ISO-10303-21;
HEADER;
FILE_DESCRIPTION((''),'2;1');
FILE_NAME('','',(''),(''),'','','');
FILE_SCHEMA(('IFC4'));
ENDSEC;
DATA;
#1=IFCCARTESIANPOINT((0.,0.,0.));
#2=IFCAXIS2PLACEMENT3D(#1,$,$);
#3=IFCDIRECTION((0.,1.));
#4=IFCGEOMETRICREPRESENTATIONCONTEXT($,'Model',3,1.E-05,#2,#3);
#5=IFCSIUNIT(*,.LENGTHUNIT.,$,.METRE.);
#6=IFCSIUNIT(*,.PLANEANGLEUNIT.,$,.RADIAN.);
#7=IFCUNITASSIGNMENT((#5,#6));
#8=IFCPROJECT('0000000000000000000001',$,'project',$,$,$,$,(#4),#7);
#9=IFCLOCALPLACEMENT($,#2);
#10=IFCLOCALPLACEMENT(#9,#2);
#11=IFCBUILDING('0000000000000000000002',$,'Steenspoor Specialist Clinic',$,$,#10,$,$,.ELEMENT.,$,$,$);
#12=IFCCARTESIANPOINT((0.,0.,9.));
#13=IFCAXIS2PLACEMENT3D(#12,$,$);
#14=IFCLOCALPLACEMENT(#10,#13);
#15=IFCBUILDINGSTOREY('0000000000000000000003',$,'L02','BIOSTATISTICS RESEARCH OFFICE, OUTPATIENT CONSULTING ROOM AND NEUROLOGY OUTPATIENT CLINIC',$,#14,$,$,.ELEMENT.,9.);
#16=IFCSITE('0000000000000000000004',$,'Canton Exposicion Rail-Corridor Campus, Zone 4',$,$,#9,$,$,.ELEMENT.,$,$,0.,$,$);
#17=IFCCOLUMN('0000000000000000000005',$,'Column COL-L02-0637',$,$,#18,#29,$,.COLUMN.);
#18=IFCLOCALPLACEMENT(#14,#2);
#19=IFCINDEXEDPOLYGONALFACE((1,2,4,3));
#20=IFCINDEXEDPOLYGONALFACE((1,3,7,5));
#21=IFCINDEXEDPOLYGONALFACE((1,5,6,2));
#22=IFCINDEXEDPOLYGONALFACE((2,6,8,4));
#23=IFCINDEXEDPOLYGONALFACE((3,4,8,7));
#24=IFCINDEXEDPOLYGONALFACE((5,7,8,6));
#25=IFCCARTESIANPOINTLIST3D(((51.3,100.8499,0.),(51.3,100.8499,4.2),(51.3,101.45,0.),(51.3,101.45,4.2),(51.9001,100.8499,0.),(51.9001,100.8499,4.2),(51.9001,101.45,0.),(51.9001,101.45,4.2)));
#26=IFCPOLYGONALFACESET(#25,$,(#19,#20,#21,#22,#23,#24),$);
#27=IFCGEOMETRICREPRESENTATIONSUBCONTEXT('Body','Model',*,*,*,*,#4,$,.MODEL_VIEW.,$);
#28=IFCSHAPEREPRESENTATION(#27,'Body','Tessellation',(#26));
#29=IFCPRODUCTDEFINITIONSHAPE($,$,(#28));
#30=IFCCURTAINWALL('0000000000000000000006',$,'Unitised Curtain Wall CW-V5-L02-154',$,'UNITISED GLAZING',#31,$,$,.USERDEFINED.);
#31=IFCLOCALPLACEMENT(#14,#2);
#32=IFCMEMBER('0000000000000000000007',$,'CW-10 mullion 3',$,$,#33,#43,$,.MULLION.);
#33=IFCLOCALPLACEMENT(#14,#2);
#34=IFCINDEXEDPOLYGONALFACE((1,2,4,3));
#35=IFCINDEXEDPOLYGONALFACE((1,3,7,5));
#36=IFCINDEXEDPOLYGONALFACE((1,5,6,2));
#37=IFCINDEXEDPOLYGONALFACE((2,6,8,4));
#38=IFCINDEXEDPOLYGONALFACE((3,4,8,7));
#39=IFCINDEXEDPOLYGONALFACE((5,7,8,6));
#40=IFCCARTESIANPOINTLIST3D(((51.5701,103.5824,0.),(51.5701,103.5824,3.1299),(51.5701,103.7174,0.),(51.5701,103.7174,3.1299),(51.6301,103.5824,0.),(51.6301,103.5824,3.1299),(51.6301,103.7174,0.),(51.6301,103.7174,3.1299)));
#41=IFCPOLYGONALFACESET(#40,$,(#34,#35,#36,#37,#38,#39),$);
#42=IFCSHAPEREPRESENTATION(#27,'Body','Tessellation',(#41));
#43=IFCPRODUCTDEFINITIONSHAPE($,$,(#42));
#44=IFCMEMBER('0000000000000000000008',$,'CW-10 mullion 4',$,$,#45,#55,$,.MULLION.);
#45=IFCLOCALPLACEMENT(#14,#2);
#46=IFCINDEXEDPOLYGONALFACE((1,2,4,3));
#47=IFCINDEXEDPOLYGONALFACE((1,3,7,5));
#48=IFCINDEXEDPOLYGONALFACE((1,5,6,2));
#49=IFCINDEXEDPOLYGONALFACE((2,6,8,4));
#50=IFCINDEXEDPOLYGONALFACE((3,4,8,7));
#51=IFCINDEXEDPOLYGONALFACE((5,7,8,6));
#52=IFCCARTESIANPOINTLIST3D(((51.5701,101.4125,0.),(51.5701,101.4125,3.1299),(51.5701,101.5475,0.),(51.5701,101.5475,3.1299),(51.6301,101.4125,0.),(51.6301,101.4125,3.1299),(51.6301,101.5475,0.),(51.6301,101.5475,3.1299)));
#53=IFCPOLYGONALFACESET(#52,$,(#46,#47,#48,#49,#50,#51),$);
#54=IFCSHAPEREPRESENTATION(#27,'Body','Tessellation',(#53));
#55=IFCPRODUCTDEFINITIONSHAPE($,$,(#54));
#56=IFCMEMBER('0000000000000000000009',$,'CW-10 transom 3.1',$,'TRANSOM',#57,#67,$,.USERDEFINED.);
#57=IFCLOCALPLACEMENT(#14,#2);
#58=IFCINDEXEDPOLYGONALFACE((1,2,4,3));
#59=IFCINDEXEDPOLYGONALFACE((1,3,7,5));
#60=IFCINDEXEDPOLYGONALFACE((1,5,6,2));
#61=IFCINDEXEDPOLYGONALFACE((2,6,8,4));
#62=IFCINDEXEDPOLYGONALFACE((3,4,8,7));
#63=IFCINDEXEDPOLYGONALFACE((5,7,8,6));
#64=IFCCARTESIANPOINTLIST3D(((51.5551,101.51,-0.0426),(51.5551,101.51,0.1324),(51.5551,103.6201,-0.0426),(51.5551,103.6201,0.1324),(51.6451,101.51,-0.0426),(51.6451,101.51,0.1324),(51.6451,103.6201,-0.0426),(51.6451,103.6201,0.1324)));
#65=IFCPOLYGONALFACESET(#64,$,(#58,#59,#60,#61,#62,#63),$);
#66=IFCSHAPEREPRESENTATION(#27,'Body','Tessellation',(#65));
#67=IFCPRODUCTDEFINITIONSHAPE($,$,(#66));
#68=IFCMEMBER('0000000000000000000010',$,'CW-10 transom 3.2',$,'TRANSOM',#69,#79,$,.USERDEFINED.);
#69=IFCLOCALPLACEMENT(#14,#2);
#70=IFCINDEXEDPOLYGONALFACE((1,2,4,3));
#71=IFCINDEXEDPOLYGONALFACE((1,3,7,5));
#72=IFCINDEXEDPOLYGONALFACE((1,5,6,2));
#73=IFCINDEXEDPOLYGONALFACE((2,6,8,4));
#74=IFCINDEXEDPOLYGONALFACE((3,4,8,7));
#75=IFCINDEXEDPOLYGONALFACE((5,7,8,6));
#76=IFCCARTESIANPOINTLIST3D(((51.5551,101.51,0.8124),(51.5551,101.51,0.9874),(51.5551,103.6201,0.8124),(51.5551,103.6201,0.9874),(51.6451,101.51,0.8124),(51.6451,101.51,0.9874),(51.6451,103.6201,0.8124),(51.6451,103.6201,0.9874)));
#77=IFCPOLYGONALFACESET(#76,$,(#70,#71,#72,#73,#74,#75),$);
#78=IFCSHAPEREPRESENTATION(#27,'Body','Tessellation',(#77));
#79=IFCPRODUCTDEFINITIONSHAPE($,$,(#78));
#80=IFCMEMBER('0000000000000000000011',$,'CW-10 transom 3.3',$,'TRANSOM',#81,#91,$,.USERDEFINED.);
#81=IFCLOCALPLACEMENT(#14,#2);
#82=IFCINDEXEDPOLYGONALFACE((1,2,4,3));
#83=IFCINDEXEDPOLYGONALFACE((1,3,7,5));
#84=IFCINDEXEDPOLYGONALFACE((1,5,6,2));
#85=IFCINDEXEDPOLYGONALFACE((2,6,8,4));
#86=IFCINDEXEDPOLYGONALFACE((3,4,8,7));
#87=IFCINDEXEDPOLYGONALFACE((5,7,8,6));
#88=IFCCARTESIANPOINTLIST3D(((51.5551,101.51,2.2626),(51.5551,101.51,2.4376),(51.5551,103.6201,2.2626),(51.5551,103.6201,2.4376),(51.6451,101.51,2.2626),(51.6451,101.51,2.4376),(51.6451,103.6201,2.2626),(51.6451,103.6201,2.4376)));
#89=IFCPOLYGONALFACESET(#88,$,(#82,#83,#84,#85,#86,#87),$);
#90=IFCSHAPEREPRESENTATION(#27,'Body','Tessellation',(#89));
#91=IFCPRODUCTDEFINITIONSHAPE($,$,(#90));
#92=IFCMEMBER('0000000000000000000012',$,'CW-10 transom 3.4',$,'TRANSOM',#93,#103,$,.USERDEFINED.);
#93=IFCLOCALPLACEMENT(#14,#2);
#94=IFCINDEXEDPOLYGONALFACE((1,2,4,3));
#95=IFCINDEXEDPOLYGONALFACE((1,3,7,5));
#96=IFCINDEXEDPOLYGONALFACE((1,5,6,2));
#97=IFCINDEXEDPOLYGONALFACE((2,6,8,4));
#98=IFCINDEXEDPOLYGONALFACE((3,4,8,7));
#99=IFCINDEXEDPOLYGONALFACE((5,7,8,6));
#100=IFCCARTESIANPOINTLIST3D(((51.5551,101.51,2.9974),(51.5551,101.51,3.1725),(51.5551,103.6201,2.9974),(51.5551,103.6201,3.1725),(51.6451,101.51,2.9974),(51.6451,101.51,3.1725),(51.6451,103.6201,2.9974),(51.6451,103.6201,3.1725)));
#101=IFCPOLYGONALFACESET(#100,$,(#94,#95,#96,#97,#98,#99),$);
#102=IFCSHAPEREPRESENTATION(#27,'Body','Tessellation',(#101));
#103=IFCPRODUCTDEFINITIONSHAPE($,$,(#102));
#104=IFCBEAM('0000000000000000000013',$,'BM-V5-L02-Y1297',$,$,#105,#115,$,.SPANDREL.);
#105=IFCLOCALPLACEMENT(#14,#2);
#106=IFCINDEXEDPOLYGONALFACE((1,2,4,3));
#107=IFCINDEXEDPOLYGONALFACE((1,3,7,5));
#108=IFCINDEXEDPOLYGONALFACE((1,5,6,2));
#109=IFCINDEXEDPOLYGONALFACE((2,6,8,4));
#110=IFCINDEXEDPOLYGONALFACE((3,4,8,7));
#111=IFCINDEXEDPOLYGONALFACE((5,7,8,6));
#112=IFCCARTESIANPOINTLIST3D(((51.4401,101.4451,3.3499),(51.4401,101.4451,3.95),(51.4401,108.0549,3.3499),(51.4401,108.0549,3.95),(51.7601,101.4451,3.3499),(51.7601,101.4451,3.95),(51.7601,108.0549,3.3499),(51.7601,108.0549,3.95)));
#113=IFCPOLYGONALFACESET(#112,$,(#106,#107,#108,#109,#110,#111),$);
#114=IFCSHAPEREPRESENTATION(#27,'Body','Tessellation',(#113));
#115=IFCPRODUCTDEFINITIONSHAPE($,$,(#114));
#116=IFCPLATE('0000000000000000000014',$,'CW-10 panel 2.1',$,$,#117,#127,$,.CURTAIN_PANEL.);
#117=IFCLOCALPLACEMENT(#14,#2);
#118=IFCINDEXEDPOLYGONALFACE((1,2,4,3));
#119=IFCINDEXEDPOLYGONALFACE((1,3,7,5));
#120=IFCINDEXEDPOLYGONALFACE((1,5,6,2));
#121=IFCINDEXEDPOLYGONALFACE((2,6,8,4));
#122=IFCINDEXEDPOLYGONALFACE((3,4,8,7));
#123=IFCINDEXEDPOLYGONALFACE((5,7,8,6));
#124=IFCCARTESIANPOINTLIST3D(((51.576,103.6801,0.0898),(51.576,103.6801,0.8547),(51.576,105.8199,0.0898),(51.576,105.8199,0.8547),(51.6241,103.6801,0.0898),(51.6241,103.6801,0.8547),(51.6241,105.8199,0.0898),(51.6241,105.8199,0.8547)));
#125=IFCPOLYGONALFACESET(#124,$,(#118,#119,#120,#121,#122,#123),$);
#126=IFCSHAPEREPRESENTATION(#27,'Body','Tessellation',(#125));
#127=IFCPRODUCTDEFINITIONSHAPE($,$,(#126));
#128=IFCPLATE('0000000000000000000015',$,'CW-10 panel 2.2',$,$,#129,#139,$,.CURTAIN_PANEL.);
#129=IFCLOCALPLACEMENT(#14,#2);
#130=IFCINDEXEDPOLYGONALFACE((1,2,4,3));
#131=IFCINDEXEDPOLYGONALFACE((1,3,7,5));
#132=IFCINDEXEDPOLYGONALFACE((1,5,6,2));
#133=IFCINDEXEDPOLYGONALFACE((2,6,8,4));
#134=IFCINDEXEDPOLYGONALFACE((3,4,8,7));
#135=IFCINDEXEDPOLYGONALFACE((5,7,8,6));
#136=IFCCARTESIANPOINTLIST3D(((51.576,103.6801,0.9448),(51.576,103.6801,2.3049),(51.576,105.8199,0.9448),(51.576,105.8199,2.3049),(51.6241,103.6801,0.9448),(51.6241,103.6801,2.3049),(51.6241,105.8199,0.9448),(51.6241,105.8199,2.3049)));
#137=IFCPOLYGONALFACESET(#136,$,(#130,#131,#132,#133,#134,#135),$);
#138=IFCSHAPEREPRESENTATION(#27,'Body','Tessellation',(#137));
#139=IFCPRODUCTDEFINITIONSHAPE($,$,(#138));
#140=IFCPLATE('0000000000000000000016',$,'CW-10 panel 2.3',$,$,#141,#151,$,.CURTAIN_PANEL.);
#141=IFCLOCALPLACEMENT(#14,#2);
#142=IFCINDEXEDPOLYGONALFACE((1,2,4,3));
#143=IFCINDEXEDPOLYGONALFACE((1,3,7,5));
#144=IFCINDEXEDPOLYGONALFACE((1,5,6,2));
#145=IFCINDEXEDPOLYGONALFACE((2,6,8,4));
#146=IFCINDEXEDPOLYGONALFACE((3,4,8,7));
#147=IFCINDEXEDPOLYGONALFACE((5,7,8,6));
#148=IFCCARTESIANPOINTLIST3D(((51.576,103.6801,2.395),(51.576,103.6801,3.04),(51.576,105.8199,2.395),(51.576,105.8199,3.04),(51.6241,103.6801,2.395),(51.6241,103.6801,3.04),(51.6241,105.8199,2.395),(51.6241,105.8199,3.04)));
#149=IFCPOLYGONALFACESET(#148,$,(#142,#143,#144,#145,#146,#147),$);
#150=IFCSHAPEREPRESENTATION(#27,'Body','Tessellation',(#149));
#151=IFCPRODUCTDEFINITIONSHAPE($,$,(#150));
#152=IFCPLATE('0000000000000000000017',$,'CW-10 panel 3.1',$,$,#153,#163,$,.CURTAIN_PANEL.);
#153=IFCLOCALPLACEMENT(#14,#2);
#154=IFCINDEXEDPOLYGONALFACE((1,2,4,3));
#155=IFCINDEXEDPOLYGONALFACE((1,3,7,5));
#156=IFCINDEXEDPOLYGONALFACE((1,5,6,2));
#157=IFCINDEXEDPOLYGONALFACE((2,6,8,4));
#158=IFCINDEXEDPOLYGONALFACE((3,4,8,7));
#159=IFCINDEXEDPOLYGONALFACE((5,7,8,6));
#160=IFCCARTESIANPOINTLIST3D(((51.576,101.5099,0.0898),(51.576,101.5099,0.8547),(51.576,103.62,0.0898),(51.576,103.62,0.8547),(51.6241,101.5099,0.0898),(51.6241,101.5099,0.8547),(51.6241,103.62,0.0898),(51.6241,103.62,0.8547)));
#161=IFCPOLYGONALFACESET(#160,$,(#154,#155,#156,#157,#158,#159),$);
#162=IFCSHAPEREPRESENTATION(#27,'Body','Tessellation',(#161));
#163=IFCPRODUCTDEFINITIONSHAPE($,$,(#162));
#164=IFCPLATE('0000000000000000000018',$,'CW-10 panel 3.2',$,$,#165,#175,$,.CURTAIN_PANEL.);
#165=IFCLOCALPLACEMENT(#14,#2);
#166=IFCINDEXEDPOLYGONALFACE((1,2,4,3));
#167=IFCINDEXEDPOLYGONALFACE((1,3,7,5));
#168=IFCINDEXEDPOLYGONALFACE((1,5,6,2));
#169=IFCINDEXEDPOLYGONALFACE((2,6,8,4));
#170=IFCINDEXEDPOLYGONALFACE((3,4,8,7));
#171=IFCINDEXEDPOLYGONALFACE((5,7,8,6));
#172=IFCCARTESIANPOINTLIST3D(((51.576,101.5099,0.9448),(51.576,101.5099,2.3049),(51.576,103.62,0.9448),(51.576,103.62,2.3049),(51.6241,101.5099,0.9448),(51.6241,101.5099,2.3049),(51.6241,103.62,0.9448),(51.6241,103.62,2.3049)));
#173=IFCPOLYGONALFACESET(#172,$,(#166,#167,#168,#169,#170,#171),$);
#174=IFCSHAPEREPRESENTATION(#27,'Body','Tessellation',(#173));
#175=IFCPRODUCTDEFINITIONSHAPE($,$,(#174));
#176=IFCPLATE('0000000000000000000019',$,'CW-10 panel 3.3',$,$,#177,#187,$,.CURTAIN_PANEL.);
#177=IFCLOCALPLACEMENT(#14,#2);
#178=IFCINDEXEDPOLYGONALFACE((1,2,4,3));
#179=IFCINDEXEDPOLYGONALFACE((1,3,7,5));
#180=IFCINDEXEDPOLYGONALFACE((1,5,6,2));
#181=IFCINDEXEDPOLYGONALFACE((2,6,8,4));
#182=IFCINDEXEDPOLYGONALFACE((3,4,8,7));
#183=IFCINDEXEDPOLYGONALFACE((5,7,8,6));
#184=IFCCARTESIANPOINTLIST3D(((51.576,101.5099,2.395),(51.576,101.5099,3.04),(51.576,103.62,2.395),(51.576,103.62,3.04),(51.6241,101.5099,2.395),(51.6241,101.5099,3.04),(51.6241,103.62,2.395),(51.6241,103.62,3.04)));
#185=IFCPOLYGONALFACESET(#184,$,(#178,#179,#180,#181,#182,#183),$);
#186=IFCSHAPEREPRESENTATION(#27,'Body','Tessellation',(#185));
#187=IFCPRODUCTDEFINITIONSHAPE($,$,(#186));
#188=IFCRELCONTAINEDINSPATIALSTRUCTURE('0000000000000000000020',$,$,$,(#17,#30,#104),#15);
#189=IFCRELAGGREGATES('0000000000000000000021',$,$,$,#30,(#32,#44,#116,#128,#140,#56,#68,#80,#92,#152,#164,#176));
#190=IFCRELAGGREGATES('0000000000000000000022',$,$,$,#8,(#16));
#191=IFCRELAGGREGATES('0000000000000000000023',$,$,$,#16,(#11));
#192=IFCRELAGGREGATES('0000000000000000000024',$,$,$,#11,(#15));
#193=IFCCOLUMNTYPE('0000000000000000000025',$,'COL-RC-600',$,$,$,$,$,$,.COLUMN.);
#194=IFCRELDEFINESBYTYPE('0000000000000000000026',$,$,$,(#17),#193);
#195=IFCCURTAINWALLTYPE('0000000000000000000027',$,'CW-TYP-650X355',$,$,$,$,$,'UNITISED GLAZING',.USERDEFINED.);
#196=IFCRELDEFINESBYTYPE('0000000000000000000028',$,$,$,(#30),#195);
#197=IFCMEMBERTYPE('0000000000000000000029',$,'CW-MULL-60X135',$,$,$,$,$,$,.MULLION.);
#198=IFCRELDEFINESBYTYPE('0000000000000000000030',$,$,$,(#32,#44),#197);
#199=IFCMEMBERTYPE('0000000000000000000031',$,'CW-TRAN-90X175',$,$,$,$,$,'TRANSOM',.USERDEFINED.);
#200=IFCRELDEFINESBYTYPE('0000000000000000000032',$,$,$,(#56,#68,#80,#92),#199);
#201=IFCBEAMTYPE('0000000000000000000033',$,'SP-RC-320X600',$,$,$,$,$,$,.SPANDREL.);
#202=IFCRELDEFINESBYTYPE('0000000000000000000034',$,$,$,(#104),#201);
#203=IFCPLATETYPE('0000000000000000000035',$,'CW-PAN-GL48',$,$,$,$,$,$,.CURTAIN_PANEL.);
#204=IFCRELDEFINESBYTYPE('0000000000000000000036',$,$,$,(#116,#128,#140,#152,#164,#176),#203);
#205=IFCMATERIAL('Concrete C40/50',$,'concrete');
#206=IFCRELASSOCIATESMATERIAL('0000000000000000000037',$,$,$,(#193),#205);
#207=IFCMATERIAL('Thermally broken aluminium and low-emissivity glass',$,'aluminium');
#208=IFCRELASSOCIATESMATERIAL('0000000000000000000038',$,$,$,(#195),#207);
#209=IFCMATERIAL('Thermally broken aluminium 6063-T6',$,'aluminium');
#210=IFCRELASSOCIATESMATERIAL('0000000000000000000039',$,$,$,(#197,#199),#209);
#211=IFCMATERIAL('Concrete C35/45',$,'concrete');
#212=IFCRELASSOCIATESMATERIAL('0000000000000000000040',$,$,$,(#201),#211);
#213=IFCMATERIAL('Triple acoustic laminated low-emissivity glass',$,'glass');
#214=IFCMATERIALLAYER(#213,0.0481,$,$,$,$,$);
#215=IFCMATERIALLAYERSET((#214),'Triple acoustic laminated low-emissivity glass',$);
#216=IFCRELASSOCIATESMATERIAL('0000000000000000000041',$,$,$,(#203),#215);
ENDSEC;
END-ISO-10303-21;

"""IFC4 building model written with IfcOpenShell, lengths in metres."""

from ifc_helpers import new_model, si_unit, direction, frame, origin, origin_2d, place, context, subcontext, project, spatial, rectangle, extrude, material, layer, layer_set, material_profile, profile_set, type_object, element, aggregate, save


model = new_model("IFC4")

# Units and contexts
model_context = context("Model", 3, precision=1e-05, world=origin(), true_north=direction((0.0, 1.0)))
body_context = subcontext(model_context, "Body", "Model", "MODEL_VIEW")
ifc_project = project(units=[si_unit("LENGTHUNIT", "METRE"), si_unit("PLANEANGLEUNIT", "RADIAN")], contexts=[model_context])

# Site, building, storey
site_placement = place(None, origin())
site = spatial("IfcSite", under=ifc_project, at=site_placement, Name="Canton Exposicion Rail-Corridor Campus, Zone 4", CompositionType="ELEMENT", RefElevation=0.0)
building_placement = place(site_placement, origin())
building = spatial("IfcBuilding", under=site, at=building_placement, Name="Steenspoor Specialist Clinic", CompositionType="ELEMENT")
storey_placement = place(building_placement, frame((0.0, 0.0, 9.0)))
storey = spatial("IfcBuildingStorey", under=building, at=storey_placement, Name="L02", Description="BIOSTATISTICS RESEARCH OFFICE, OUTPATIENT CONSULTING ROOM AND NEUROLOGY OUTPATIENT CLINIC", CompositionType="ELEMENT", Elevation=9.0)

# Column
ifc_material_1 = material(Name="Concrete C40/50", Category="concrete")
ifc_material_profile_1 = material_profile(ifc_material_1, rectangle(XDim=0.6001, YDim=0.6001, at=origin_2d()), Name="RC-COL-600X600")
ifc_profile_set_1 = profile_set([ifc_material_profile_1], Name="Concrete C40/50")
column_type = type_object("IfcColumnType", Name="COL-RC-600", PredefinedType="COLUMN", material=ifc_profile_set_1)
column_placement = place(storey_placement, frame((51.6001, 101.1499, 0.0), z_axis=(0.0, 0.0, 1.0), x_axis=(1.0, 0.0, 0.0)))
element("IfcColumn", 1, at=column_placement, inside=storey, type_object=column_type, Name="Column COL-L02-0637", PredefinedType="COLUMN", context=body_context, shape_type="SweptSolid", body=[
    extrude(rectangle(XDim=0.6001, YDim=0.6001, at=origin_2d()), origin(), (0.0, 0.0, 1.0), 4.2),
])

# Curtain wall, members
ifc_material_2 = material(Name="Thermally broken aluminium and low-emissivity glass", Category="aluminium")
curtain_wall_type = type_object("IfcCurtainWallType", Name="CW-TYP-650X355", ElementType="UNITISED GLAZING", PredefinedType="USERDEFINED", material=ifc_material_2)
curtain_wall_placement = place(storey_placement, origin())
curtain_wall = element("IfcCurtainWall", 2, at=curtain_wall_placement, inside=storey, type_object=curtain_wall_type, Name="Unitised Curtain Wall CW-V5-L02-154", ObjectType="UNITISED GLAZING", PredefinedType="USERDEFINED")
ifc_material_3 = material(Name="Thermally broken aluminium 6063-T6", Category="aluminium")
ifc_material_profile_2 = material_profile(ifc_material_3, rectangle(XDim=0.0601, YDim=0.135, at=origin_2d()), Name="CWM-60X135")
ifc_profile_set_2 = profile_set([ifc_material_profile_2], Name="Thermally broken aluminium 6063-T6")
member_type_1 = type_object("IfcMemberType", Name="CW-MULL-60X135", PredefinedType="MULLION", material=ifc_profile_set_2)
member_1_placement = place(storey_placement, frame((51.6001, 103.6499, 0.0), z_axis=(0.0, 0.0, 1.0), x_axis=(1.0, 0.0, 0.0)))
member_1 = element("IfcMember", 3, at=member_1_placement, type_object=member_type_1, Name="CW-10 mullion 3", PredefinedType="MULLION", context=body_context, shape_type="SweptSolid", body=[
    extrude(rectangle(XDim=0.0601, YDim=0.135, at=origin_2d()), origin(), (0.0, 0.0, 1.0), 3.1299),
])
member_2_placement = place(storey_placement, frame((51.6001, 101.48, 0.0), z_axis=(0.0, 0.0, 1.0), x_axis=(1.0, 0.0, 0.0)))
member_2 = element("IfcMember", 4, at=member_2_placement, type_object=member_type_1, Name="CW-10 mullion 4", PredefinedType="MULLION", context=body_context, shape_type="SweptSolid", body=[
    extrude(rectangle(XDim=0.0601, YDim=0.135, at=origin_2d()), origin(), (0.0, 0.0, 1.0), 3.1299),
])
ifc_material_profile_3 = material_profile(ifc_material_3, rectangle(XDim=0.0901, YDim=0.175, at=origin_2d()), Name="CWT-90X175")
ifc_profile_set_3 = profile_set([ifc_material_profile_3], Name="Thermally broken aluminium 6063-T6")
member_type_2 = type_object("IfcMemberType", Name="CW-TRAN-90X175", ElementType="TRANSOM", PredefinedType="USERDEFINED", material=ifc_profile_set_3)
member_3_placement = place(storey_placement, frame((51.6001, 103.6201, 0.0449), z_axis=(0.0, -1.0, 0.0), x_axis=(1.0, 0.0, 0.0)))
member_3 = element("IfcMember", 5, at=member_3_placement, type_object=member_type_2, Name="CW-10 transom 3.1", ObjectType="TRANSOM", PredefinedType="USERDEFINED", context=body_context, shape_type="SweptSolid", body=[
    extrude(rectangle(XDim=0.0901, YDim=0.175, at=origin_2d()), origin(), (0.0, 0.0, 1.0), 2.1101),
])
member_4_placement = place(storey_placement, frame((51.6001, 103.6201, 0.8999), z_axis=(0.0, -1.0, 0.0), x_axis=(1.0, 0.0, 0.0)))
member_4 = element("IfcMember", 6, at=member_4_placement, type_object=member_type_2, Name="CW-10 transom 3.2", ObjectType="TRANSOM", PredefinedType="USERDEFINED", context=body_context, shape_type="SweptSolid", body=[
    extrude(rectangle(XDim=0.0901, YDim=0.175, at=origin_2d()), origin(), (0.0, 0.0, 1.0), 2.1101),
])
member_5_placement = place(storey_placement, frame((51.6001, 103.6201, 2.3501), z_axis=(0.0, -1.0, 0.0), x_axis=(1.0, 0.0, 0.0)))
member_5 = element("IfcMember", 7, at=member_5_placement, type_object=member_type_2, Name="CW-10 transom 3.3", ObjectType="TRANSOM", PredefinedType="USERDEFINED", context=body_context, shape_type="SweptSolid", body=[
    extrude(rectangle(XDim=0.0901, YDim=0.175, at=origin_2d()), origin(), (0.0, 0.0, 1.0), 2.1101),
])
member_6_placement = place(storey_placement, frame((51.6001, 103.6201, 3.085), z_axis=(0.0, -1.0, 0.0), x_axis=(1.0, 0.0, 0.0)))
member_6 = element("IfcMember", 8, at=member_6_placement, type_object=member_type_2, Name="CW-10 transom 3.4", ObjectType="TRANSOM", PredefinedType="USERDEFINED", context=body_context, shape_type="SweptSolid", body=[
    extrude(rectangle(XDim=0.0901, YDim=0.175, at=origin_2d()), origin(), (0.0, 0.0, 1.0), 2.1101),
])

# Beam
ifc_material_4 = material(Name="Concrete C35/45", Category="concrete")
ifc_material_profile_4 = material_profile(ifc_material_4, rectangle(XDim=0.3201, YDim=0.6001, at=origin_2d()), Name="RC-SP-320X600")
ifc_profile_set_4 = profile_set([ifc_material_profile_4], Name="Concrete C35/45")
beam_type = type_object("IfcBeamType", Name="SP-RC-320X600", PredefinedType="SPANDREL", material=ifc_profile_set_4)
beam_placement = place(storey_placement, frame((51.6001, 101.4451, 3.6499), z_axis=(0.0, 1.0, 0.0), x_axis=(-1.0, 0.0, 0.0)))
element("IfcBeam", 9, at=beam_placement, inside=storey, type_object=beam_type, Name="BM-V5-L02-Y1297", PredefinedType="SPANDREL", context=body_context, shape_type="SweptSolid", body=[
    extrude(rectangle(XDim=0.3201, YDim=0.6001, at=origin_2d()), origin(), (0.0, 0.0, 1.0), 6.6099),
])

# Plates
ifc_material_5 = material(Name="Triple acoustic laminated low-emissivity glass", Category="glass")
ifc_layer_1 = layer(ifc_material_5, 0.0481)
ifc_layer_set_1 = layer_set([ifc_layer_1], Name="Triple acoustic laminated low-emissivity glass")
plate_type = type_object("IfcPlateType", Name="CW-PAN-GL48", PredefinedType="CURTAIN_PANEL", material=ifc_layer_set_1)
plate_1_placement = place(storey_placement, frame((51.6001, 104.75, 0.0898), z_axis=(0.0, 0.0, 1.0), x_axis=(0.0, -1.0, 0.0)))
plate_1 = element("IfcPlate", 10, at=plate_1_placement, type_object=plate_type, Name="CW-10 panel 2.1", PredefinedType="CURTAIN_PANEL", context=body_context, shape_type="SweptSolid", body=[
    extrude(rectangle(XDim=2.1399, YDim=0.0481, at=origin_2d()), origin(), (0.0, 0.0, 1.0), 0.7649),
])
plate_2_placement = place(storey_placement, frame((51.6001, 104.75, 0.9448), z_axis=(0.0, 0.0, 1.0), x_axis=(0.0, -1.0, 0.0)))
plate_2 = element("IfcPlate", 11, at=plate_2_placement, type_object=plate_type, Name="CW-10 panel 2.2", PredefinedType="CURTAIN_PANEL", context=body_context, shape_type="SweptSolid", body=[
    extrude(rectangle(XDim=2.1399, YDim=0.0481, at=origin_2d()), origin(), (0.0, 0.0, 1.0), 1.3601),
])
plate_3_placement = place(storey_placement, frame((51.6001, 104.75, 2.395), z_axis=(0.0, 0.0, 1.0), x_axis=(0.0, -1.0, 0.0)))
plate_3 = element("IfcPlate", 12, at=plate_3_placement, type_object=plate_type, Name="CW-10 panel 2.3", PredefinedType="CURTAIN_PANEL", context=body_context, shape_type="SweptSolid", body=[
    extrude(rectangle(XDim=2.1399, YDim=0.0481, at=origin_2d()), origin(), (0.0, 0.0, 1.0), 0.645),
])
plate_4_placement = place(storey_placement, frame((51.6001, 102.5649, 0.0898), z_axis=(0.0, 0.0, 1.0), x_axis=(0.0, -1.0, 0.0)))
plate_4 = element("IfcPlate", 13, at=plate_4_placement, type_object=plate_type, Name="CW-10 panel 3.1", PredefinedType="CURTAIN_PANEL", context=body_context, shape_type="SweptSolid", body=[
    extrude(rectangle(XDim=2.1101, YDim=0.0481, at=origin_2d()), origin(), (0.0, 0.0, 1.0), 0.7649),
])
plate_5_placement = place(storey_placement, frame((51.6001, 102.5649, 0.9448), z_axis=(0.0, 0.0, 1.0), x_axis=(0.0, -1.0, 0.0)))
plate_5 = element("IfcPlate", 14, at=plate_5_placement, type_object=plate_type, Name="CW-10 panel 3.2", PredefinedType="CURTAIN_PANEL", context=body_context, shape_type="SweptSolid", body=[
    extrude(rectangle(XDim=2.1101, YDim=0.0481, at=origin_2d()), origin(), (0.0, 0.0, 1.0), 1.3601),
])
plate_6_placement = place(storey_placement, frame((51.6001, 102.5649, 2.395), z_axis=(0.0, 0.0, 1.0), x_axis=(0.0, -1.0, 0.0)))
plate_6 = element("IfcPlate", 15, at=plate_6_placement, type_object=plate_type, Name="CW-10 panel 3.3", PredefinedType="CURTAIN_PANEL", context=body_context, shape_type="SweptSolid", body=[
    extrude(rectangle(XDim=2.1101, YDim=0.0481, at=origin_2d()), origin(), (0.0, 0.0, 1.0), 0.645),
])
aggregate(curtain_wall, [member_1, member_2, plate_1, plate_2, plate_3, member_3, member_4, member_5, member_6, plate_4, plate_5, plate_6])

save(model, "model.ifc")
